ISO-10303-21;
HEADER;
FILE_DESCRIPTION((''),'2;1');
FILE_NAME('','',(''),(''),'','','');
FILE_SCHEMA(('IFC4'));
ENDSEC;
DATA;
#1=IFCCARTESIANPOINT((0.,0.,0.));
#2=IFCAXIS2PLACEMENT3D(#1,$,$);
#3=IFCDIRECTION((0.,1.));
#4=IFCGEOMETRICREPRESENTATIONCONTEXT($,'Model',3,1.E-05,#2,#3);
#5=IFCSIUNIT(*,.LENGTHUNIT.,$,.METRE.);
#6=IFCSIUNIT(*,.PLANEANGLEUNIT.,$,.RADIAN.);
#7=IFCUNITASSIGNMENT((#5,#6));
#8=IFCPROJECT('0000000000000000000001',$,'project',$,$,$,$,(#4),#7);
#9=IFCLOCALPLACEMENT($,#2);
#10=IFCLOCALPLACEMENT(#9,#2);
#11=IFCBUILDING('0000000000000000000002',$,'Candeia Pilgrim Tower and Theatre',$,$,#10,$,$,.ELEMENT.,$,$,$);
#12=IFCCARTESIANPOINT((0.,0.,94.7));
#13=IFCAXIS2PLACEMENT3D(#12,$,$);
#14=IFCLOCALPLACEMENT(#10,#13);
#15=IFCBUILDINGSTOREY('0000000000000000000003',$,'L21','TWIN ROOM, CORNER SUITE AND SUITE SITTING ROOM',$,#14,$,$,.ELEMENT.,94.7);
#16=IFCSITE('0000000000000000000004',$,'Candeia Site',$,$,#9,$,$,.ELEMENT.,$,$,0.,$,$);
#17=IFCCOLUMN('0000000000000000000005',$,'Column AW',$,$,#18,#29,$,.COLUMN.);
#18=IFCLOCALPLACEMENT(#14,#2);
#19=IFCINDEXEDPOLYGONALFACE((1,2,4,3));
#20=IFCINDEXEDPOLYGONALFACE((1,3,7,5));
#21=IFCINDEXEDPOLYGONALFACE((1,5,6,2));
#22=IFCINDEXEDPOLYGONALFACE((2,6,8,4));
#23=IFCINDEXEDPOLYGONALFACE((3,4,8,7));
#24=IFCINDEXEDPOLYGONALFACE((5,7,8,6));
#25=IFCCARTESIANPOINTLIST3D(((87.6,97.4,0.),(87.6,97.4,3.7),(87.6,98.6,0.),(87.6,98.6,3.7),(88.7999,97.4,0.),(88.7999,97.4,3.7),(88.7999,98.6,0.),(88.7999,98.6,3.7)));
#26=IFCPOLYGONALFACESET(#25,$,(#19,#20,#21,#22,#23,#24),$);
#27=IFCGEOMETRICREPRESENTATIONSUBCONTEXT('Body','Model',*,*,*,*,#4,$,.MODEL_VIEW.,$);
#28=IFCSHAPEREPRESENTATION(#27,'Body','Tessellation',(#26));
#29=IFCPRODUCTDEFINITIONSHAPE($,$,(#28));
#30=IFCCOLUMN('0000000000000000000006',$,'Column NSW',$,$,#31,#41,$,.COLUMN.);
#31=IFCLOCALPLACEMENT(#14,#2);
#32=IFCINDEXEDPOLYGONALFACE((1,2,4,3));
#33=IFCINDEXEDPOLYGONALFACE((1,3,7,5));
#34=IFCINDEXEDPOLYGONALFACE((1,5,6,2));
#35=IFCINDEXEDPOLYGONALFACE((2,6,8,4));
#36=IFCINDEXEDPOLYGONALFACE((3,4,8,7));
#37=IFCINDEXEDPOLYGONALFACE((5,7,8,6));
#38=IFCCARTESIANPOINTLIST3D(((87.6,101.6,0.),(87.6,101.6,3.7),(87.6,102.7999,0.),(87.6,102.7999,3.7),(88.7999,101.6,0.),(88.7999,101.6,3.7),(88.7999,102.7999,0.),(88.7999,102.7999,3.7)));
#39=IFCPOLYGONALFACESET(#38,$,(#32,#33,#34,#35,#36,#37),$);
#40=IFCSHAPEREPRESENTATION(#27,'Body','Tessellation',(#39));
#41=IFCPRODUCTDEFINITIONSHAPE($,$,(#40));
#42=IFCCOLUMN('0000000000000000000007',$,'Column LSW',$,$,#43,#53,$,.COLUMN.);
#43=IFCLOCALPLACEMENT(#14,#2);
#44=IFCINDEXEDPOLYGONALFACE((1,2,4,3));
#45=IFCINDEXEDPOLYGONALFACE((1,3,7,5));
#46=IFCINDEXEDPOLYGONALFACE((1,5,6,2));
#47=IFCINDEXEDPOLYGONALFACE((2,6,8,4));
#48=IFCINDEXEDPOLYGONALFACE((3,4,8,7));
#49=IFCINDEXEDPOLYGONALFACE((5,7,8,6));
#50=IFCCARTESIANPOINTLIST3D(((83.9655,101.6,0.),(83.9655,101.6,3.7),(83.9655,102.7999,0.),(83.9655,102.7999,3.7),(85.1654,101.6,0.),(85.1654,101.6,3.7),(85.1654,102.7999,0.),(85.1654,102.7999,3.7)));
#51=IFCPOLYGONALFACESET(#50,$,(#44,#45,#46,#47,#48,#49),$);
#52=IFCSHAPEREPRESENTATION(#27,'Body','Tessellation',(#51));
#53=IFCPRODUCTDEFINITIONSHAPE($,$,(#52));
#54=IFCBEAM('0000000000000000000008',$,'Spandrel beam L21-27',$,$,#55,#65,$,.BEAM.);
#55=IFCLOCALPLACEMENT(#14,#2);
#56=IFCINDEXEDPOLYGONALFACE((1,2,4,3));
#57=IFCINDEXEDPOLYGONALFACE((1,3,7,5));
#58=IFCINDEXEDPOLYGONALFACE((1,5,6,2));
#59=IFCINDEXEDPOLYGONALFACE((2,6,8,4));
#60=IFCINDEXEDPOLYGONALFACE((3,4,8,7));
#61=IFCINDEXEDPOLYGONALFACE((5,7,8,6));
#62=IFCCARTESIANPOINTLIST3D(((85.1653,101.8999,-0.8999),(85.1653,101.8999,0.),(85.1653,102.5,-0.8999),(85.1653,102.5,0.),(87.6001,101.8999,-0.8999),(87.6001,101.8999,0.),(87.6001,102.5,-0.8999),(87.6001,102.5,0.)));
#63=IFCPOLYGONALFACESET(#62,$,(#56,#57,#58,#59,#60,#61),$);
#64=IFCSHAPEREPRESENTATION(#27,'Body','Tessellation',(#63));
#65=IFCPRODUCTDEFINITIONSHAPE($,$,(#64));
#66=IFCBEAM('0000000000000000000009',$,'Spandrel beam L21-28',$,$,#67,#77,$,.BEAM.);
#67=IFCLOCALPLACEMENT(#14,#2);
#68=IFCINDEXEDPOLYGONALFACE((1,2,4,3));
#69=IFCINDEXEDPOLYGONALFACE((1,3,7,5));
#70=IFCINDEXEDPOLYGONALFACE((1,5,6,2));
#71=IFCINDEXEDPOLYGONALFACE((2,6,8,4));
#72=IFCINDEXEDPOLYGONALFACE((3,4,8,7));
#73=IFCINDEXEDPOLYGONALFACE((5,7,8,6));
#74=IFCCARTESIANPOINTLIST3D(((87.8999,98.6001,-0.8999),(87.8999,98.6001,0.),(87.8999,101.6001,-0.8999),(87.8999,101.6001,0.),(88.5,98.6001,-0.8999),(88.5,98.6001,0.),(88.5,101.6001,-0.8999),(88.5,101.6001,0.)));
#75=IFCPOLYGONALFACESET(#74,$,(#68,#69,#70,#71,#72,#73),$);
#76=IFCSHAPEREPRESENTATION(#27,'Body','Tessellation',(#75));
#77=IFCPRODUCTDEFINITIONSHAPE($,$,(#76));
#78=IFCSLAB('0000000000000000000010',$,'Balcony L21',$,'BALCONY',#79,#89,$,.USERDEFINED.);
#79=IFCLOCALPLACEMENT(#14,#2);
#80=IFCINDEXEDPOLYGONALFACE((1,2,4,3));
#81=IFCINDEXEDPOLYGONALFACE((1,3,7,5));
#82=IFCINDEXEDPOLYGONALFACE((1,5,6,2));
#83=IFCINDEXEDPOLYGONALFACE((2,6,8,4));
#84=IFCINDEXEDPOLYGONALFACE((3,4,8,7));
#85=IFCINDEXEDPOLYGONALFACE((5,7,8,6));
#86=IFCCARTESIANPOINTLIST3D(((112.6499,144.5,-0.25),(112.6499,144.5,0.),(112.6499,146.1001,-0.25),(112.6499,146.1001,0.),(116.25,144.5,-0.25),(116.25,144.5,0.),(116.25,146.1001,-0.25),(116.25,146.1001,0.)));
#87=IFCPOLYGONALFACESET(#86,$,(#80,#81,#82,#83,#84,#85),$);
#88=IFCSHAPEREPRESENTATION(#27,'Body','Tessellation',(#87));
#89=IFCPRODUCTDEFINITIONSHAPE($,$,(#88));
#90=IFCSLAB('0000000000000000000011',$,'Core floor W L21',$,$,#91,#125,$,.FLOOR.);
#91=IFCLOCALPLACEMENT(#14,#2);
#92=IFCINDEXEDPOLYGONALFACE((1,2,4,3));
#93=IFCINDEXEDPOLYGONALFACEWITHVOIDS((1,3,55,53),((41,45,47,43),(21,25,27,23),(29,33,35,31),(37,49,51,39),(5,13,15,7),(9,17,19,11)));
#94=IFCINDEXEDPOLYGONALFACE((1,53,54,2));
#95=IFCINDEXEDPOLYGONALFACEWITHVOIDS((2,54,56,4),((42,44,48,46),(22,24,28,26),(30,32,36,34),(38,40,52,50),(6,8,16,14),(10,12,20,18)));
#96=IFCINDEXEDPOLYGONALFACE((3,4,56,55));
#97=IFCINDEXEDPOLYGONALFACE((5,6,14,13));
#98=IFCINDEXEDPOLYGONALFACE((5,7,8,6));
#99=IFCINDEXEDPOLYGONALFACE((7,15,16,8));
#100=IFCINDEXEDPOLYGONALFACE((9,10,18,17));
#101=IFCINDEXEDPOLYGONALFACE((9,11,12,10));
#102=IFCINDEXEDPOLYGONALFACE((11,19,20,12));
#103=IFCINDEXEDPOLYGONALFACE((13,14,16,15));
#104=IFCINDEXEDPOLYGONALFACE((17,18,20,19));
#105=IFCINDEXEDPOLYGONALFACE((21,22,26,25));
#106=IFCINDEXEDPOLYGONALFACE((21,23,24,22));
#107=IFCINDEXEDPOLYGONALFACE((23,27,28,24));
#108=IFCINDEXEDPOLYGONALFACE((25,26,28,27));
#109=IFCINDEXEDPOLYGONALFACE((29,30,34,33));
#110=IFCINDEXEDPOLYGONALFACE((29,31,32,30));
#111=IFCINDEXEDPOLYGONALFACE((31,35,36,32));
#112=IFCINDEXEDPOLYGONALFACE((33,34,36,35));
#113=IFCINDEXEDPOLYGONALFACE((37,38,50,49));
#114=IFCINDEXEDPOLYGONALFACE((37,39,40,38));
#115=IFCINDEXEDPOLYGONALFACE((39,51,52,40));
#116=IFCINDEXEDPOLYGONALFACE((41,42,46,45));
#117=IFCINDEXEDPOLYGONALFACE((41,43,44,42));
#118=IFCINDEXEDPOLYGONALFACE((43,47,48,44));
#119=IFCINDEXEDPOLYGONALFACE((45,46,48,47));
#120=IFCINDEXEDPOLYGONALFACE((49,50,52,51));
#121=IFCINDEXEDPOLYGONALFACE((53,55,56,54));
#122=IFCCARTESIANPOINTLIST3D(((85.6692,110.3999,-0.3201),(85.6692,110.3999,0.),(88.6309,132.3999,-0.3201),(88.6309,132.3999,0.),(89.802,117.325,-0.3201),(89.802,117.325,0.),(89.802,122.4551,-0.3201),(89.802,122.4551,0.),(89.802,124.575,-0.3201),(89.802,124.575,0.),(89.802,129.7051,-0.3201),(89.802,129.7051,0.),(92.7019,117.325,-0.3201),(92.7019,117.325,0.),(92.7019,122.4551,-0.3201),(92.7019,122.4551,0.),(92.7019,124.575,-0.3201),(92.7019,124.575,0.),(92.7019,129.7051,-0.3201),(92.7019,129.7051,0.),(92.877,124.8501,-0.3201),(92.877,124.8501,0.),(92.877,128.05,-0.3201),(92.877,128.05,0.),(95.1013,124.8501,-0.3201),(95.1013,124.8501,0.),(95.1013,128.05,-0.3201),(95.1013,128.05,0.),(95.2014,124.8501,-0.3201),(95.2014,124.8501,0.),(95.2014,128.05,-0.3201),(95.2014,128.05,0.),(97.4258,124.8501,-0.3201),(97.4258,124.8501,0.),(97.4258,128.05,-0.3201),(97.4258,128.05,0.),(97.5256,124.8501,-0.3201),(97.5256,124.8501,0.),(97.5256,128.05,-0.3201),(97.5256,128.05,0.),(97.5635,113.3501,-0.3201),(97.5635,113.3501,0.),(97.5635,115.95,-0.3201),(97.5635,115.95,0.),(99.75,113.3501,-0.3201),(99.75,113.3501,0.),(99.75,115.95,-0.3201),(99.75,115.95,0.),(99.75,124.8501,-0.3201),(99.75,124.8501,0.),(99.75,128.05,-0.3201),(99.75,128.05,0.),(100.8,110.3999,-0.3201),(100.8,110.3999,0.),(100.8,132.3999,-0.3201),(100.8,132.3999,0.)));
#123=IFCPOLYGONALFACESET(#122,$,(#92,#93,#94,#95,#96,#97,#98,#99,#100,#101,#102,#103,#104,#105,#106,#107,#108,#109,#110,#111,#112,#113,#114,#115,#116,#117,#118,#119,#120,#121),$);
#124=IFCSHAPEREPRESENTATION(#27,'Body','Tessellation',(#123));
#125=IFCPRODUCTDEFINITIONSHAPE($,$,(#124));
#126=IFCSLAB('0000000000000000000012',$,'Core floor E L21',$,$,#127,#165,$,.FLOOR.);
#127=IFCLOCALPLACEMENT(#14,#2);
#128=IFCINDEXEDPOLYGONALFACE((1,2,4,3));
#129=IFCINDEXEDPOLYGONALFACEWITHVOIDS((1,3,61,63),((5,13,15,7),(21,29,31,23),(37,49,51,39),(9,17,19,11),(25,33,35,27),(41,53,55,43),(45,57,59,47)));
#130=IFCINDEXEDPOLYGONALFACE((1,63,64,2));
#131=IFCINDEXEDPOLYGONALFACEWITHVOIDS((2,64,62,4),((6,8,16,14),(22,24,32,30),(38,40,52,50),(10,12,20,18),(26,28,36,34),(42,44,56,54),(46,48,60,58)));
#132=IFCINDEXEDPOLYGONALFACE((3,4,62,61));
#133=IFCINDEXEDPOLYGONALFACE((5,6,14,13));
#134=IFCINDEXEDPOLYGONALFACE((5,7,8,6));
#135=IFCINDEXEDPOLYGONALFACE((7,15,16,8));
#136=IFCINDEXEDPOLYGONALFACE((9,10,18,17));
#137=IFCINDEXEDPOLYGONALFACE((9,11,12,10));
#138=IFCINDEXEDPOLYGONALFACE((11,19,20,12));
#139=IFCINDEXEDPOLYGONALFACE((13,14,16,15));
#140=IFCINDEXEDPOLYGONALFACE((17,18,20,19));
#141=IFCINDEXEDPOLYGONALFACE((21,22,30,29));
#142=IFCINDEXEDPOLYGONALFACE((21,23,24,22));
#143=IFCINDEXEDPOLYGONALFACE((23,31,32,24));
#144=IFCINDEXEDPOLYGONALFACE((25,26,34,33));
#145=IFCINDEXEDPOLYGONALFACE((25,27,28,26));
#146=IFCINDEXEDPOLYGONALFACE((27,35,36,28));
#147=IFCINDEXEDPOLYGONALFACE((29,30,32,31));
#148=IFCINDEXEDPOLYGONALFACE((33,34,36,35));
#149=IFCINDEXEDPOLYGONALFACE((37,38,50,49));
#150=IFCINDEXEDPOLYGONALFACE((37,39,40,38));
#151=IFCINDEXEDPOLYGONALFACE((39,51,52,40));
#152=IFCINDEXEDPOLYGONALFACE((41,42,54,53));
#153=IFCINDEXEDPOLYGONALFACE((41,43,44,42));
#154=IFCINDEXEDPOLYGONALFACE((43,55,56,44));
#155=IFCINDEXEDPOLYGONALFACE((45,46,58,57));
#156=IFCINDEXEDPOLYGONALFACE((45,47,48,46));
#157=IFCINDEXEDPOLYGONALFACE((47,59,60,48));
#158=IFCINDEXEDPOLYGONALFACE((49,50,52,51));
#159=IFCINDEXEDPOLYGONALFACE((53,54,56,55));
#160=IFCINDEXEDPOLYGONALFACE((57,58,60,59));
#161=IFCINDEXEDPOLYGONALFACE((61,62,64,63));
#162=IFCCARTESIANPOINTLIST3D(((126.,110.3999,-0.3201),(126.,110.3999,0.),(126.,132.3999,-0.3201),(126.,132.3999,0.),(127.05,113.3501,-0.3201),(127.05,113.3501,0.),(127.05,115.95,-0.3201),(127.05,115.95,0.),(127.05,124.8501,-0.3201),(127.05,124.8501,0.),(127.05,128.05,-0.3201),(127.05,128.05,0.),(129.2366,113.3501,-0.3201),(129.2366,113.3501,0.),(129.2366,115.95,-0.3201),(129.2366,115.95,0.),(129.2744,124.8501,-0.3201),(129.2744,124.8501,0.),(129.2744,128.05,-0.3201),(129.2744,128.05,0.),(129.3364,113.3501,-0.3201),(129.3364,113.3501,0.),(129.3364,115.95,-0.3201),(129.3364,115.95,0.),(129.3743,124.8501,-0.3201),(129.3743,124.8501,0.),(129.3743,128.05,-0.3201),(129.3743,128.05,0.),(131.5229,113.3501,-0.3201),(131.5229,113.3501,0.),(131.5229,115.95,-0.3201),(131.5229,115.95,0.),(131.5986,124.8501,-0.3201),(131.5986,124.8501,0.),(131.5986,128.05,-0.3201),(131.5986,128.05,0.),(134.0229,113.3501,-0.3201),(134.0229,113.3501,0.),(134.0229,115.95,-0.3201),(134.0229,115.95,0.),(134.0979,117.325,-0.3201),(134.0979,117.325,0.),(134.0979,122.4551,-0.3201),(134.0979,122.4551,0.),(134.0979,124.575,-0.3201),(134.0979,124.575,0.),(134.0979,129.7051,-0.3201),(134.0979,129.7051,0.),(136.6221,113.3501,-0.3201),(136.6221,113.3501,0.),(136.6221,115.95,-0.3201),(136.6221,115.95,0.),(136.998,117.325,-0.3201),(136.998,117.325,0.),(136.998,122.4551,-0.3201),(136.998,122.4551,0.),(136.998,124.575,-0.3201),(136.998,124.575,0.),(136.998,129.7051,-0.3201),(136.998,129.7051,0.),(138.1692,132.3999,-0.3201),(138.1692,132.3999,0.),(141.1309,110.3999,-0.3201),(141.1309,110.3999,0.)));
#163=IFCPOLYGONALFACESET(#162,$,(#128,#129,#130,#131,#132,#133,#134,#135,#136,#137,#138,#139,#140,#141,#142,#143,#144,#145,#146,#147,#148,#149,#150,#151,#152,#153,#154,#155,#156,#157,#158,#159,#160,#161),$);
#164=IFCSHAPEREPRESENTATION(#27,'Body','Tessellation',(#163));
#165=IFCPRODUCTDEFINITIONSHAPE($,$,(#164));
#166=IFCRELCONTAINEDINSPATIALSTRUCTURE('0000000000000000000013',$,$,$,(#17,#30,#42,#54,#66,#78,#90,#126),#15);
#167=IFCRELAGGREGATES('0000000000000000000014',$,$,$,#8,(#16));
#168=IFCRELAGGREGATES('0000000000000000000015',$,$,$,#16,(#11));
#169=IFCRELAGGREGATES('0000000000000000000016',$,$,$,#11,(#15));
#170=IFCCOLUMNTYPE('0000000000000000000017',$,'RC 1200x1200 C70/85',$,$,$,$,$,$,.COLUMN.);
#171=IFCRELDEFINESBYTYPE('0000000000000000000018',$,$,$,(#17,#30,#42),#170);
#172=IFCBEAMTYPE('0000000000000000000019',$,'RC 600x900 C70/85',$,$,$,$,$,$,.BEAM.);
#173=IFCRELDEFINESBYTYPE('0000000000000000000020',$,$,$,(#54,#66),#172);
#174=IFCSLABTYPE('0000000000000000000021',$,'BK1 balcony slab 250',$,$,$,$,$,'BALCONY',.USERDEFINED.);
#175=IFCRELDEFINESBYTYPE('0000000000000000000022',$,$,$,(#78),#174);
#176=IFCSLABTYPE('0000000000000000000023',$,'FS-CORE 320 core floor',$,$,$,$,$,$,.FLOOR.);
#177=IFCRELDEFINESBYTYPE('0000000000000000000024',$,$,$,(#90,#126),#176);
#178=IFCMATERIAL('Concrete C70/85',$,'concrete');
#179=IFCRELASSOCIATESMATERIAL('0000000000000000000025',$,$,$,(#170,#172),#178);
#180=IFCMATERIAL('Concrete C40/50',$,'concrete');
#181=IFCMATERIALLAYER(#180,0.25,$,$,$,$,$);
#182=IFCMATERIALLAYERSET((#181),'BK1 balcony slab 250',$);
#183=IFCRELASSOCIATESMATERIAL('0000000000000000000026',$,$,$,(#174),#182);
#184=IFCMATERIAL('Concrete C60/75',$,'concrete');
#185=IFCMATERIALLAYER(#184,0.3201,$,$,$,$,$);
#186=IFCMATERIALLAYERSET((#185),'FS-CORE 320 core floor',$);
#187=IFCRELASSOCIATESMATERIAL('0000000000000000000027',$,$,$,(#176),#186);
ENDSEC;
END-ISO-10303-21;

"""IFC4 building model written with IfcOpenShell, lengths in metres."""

from ifc_helpers import new_model, si_unit, direction, frame, origin, origin_2d, place, context, subcontext, project, spatial, polyline, rectangle, outline, extrude, material, layer, layer_set, material_profile, profile_set, type_object, element, save


model = new_model("IFC4")

# Units and contexts
model_context = context("Model", 3, precision=1e-05, world=origin(), true_north=direction((0.0, 1.0)))
body_context = subcontext(model_context, "Body", "Model", "MODEL_VIEW")
ifc_project = project(units=[si_unit("LENGTHUNIT", "METRE"), si_unit("PLANEANGLEUNIT", "RADIAN")], contexts=[model_context])

# Site, building, storey
site_placement = place(None, origin())
site = spatial("IfcSite", under=ifc_project, at=site_placement, Name="Candeia Site", CompositionType="ELEMENT", RefElevation=0.0)
building_placement = place(site_placement, origin())
building = spatial("IfcBuilding", under=site, at=building_placement, Name="Candeia Pilgrim Tower and Theatre", CompositionType="ELEMENT")
storey_placement = place(building_placement, frame((0.0, 0.0, 94.7)))
storey = spatial("IfcBuildingStorey", under=building, at=storey_placement, Name="L21", Description="TWIN ROOM, CORNER SUITE AND SUITE SITTING ROOM", CompositionType="ELEMENT", Elevation=94.7)

# Columns
ifc_material_1 = material(Name="Concrete C70/85", Category="concrete")
ifc_material_profile_1 = material_profile(ifc_material_1, rectangle(XDim=1.2, YDim=1.2, at=origin_2d()))
ifc_profile_set_1 = profile_set([ifc_material_profile_1], Name="Concrete C70/85")
column_type = type_object("IfcColumnType", Name="RC 1200x1200 C70/85", PredefinedType="COLUMN", material=ifc_profile_set_1)
for number, where, z_axis, x_axis, name in (
    (1, (88.2, 98.0, 0.0), (0.0, 0.0, 1.0), (1.0, 0.0, 0.0), "Column AW"),
    (2, (88.2, 102.2, 0.0), (0.0, 0.0, 1.0), (1.0, 0.0, 0.0), "Column NSW"),
    (3, (84.5654, 102.2, 0.0), (0.0, 0.0, 1.0), (1.0, 0.0, 0.0), "Column LSW"),
):
    element("IfcColumn", number, at=place(storey_placement, frame(where, z_axis=z_axis, x_axis=x_axis)), inside=storey, type_object=column_type, Name=name, PredefinedType="COLUMN", context=body_context, shape_type="SweptSolid", body=[
        extrude(rectangle(XDim=1.2, YDim=1.2, at=origin_2d()), origin(), (0.0, 0.0, 1.0), 3.7),
    ])

# Beams
ifc_material_profile_2 = material_profile(ifc_material_1, rectangle(XDim=0.6001, YDim=0.8999, at=origin_2d()))
ifc_profile_set_2 = profile_set([ifc_material_profile_2], Name="Concrete C70/85")
beam_type = type_object("IfcBeamType", Name="RC 600x900 C70/85", PredefinedType="BEAM", material=ifc_profile_set_2)
beam_1_placement = place(storey_placement, frame((85.1653, 102.2, -0.45), z_axis=(1.0, 0.0, 0.0), x_axis=(0.0, 1.0, 0.0)))
element("IfcBeam", 4, at=beam_1_placement, inside=storey, type_object=beam_type, Name="Spandrel beam L21-27", PredefinedType="BEAM", context=body_context, shape_type="SweptSolid", body=[
    extrude(rectangle(XDim=0.6001, YDim=0.8999, at=origin_2d()), origin(), (0.0, 0.0, 1.0), 2.4348),
])
beam_2_placement = place(storey_placement, frame((88.2, 101.6001, -0.45), z_axis=(0.0, -1.0, 0.0), x_axis=(1.0, 0.0, 0.0)))
element("IfcBeam", 5, at=beam_2_placement, inside=storey, type_object=beam_type, Name="Spandrel beam L21-28", PredefinedType="BEAM", context=body_context, shape_type="SweptSolid", body=[
    extrude(rectangle(XDim=0.6001, YDim=0.8999, at=origin_2d()), origin(), (0.0, 0.0, 1.0), 3.0),
])

# Slabs
ifc_material_2 = material(Name="Concrete C40/50", Category="concrete")
ifc_layer_1 = layer(ifc_material_2, 0.25)
ifc_layer_set_1 = layer_set([ifc_layer_1], Name="BK1 balcony slab 250")
slab_type_1 = type_object("IfcSlabType", Name="BK1 balcony slab 250", ElementType="BALCONY", PredefinedType="USERDEFINED", material=ifc_layer_set_1)
slab_1_placement = place(storey_placement, frame((0.0, 0.0, -0.25)))
element("IfcSlab", 6, at=slab_1_placement, inside=storey, type_object=slab_type_1, Name="Balcony L21", ObjectType="BALCONY", PredefinedType="USERDEFINED", context=body_context, shape_type="SweptSolid", body=[
    extrude(outline(polyline([(112.6499, 144.5), (116.25, 144.5), (116.25, 146.1001), (112.6499, 146.1001), (112.6499, 144.5)])), origin(), (0.0, 0.0, 1.0), 0.25),
])
ifc_material_3 = material(Name="Concrete C60/75", Category="concrete")
ifc_layer_2 = layer(ifc_material_3, 0.3201)
ifc_layer_set_2 = layer_set([ifc_layer_2], Name="FS-CORE 320 core floor")
slab_type_2 = type_object("IfcSlabType", Name="FS-CORE 320 core floor", PredefinedType="FLOOR", material=ifc_layer_set_2)
slab_2_placement = place(storey_placement, frame((0.0, 0.0, -0.3201)))
element("IfcSlab", 7, at=slab_2_placement, inside=storey, type_object=slab_type_2, Name="Core floor W L21", PredefinedType="FLOOR", context=body_context, shape_type="SweptSolid", body=[
    extrude(outline(polyline([(100.8, 132.3999), (100.8, 110.3999), (85.6692, 110.3999), (88.6309, 132.3999), (100.8, 132.3999)]), holes=[polyline([(97.5256, 128.05), (97.5256, 124.8501), (99.75, 124.8501), (99.75, 128.05), (97.5256, 128.05)]), polyline([(97.5635, 113.3501), (99.75, 113.3501), (99.75, 115.95), (97.5635, 115.95), (97.5635, 113.3501)]), polyline([(95.2014, 124.8501), (97.4258, 124.8501), (97.4258, 128.05), (95.2014, 128.05), (95.2014, 124.8501)]), polyline([(92.877, 128.05), (92.877, 124.8501), (95.1013, 124.8501), (95.1013, 128.05), (92.877, 128.05)]), polyline([(89.802, 122.4551), (89.802, 117.325), (92.7019, 117.325), (92.7019, 122.4551), (89.802, 122.4551)]), polyline([(89.802, 129.7051), (89.802, 124.575), (92.7019, 124.575), (92.7019, 129.7051), (89.802, 129.7051)])]), origin(), (0.0, 0.0, 1.0), 0.3201),
])
slab_3_placement = place(storey_placement, frame((0.0, 0.0, -0.3201)))
element("IfcSlab", 8, at=slab_3_placement, inside=storey, type_object=slab_type_2, Name="Core floor E L21", PredefinedType="FLOOR", context=body_context, shape_type="SweptSolid", body=[
    extrude(outline(polyline([(138.1692, 132.3999), (141.1309, 110.3999), (126.0, 110.3999), (126.0, 132.3999), (138.1692, 132.3999)]), holes=[polyline([(134.0979, 122.4551), (134.0979, 117.325), (136.998, 117.325), (136.998, 122.4551), (134.0979, 122.4551)]), polyline([(134.0979, 129.7051), (134.0979, 124.575), (136.998, 124.575), (136.998, 129.7051), (134.0979, 129.7051)]), polyline([(136.6221, 115.95), (134.0229, 115.95), (134.0229, 113.3501), (136.6221, 113.3501), (136.6221, 115.95)]), polyline([(131.5986, 128.05), (129.3743, 128.05), (129.3743, 124.8501), (131.5986, 124.8501), (131.5986, 128.05)]), polyline([(131.5229, 115.95), (129.3364, 115.95), (129.3364, 113.3501), (131.5229, 113.3501), (131.5229, 115.95)]), polyline([(129.2744, 128.05), (127.05, 128.05), (127.05, 124.8501), (129.2744, 124.8501), (129.2744, 128.05)]), polyline([(127.05, 115.95), (127.05, 113.3501), (129.2366, 113.3501), (129.2366, 115.95), (127.05, 115.95)])]), origin(), (0.0, 0.0, 1.0), 0.3201),
])

save(model, "model.ifc")
